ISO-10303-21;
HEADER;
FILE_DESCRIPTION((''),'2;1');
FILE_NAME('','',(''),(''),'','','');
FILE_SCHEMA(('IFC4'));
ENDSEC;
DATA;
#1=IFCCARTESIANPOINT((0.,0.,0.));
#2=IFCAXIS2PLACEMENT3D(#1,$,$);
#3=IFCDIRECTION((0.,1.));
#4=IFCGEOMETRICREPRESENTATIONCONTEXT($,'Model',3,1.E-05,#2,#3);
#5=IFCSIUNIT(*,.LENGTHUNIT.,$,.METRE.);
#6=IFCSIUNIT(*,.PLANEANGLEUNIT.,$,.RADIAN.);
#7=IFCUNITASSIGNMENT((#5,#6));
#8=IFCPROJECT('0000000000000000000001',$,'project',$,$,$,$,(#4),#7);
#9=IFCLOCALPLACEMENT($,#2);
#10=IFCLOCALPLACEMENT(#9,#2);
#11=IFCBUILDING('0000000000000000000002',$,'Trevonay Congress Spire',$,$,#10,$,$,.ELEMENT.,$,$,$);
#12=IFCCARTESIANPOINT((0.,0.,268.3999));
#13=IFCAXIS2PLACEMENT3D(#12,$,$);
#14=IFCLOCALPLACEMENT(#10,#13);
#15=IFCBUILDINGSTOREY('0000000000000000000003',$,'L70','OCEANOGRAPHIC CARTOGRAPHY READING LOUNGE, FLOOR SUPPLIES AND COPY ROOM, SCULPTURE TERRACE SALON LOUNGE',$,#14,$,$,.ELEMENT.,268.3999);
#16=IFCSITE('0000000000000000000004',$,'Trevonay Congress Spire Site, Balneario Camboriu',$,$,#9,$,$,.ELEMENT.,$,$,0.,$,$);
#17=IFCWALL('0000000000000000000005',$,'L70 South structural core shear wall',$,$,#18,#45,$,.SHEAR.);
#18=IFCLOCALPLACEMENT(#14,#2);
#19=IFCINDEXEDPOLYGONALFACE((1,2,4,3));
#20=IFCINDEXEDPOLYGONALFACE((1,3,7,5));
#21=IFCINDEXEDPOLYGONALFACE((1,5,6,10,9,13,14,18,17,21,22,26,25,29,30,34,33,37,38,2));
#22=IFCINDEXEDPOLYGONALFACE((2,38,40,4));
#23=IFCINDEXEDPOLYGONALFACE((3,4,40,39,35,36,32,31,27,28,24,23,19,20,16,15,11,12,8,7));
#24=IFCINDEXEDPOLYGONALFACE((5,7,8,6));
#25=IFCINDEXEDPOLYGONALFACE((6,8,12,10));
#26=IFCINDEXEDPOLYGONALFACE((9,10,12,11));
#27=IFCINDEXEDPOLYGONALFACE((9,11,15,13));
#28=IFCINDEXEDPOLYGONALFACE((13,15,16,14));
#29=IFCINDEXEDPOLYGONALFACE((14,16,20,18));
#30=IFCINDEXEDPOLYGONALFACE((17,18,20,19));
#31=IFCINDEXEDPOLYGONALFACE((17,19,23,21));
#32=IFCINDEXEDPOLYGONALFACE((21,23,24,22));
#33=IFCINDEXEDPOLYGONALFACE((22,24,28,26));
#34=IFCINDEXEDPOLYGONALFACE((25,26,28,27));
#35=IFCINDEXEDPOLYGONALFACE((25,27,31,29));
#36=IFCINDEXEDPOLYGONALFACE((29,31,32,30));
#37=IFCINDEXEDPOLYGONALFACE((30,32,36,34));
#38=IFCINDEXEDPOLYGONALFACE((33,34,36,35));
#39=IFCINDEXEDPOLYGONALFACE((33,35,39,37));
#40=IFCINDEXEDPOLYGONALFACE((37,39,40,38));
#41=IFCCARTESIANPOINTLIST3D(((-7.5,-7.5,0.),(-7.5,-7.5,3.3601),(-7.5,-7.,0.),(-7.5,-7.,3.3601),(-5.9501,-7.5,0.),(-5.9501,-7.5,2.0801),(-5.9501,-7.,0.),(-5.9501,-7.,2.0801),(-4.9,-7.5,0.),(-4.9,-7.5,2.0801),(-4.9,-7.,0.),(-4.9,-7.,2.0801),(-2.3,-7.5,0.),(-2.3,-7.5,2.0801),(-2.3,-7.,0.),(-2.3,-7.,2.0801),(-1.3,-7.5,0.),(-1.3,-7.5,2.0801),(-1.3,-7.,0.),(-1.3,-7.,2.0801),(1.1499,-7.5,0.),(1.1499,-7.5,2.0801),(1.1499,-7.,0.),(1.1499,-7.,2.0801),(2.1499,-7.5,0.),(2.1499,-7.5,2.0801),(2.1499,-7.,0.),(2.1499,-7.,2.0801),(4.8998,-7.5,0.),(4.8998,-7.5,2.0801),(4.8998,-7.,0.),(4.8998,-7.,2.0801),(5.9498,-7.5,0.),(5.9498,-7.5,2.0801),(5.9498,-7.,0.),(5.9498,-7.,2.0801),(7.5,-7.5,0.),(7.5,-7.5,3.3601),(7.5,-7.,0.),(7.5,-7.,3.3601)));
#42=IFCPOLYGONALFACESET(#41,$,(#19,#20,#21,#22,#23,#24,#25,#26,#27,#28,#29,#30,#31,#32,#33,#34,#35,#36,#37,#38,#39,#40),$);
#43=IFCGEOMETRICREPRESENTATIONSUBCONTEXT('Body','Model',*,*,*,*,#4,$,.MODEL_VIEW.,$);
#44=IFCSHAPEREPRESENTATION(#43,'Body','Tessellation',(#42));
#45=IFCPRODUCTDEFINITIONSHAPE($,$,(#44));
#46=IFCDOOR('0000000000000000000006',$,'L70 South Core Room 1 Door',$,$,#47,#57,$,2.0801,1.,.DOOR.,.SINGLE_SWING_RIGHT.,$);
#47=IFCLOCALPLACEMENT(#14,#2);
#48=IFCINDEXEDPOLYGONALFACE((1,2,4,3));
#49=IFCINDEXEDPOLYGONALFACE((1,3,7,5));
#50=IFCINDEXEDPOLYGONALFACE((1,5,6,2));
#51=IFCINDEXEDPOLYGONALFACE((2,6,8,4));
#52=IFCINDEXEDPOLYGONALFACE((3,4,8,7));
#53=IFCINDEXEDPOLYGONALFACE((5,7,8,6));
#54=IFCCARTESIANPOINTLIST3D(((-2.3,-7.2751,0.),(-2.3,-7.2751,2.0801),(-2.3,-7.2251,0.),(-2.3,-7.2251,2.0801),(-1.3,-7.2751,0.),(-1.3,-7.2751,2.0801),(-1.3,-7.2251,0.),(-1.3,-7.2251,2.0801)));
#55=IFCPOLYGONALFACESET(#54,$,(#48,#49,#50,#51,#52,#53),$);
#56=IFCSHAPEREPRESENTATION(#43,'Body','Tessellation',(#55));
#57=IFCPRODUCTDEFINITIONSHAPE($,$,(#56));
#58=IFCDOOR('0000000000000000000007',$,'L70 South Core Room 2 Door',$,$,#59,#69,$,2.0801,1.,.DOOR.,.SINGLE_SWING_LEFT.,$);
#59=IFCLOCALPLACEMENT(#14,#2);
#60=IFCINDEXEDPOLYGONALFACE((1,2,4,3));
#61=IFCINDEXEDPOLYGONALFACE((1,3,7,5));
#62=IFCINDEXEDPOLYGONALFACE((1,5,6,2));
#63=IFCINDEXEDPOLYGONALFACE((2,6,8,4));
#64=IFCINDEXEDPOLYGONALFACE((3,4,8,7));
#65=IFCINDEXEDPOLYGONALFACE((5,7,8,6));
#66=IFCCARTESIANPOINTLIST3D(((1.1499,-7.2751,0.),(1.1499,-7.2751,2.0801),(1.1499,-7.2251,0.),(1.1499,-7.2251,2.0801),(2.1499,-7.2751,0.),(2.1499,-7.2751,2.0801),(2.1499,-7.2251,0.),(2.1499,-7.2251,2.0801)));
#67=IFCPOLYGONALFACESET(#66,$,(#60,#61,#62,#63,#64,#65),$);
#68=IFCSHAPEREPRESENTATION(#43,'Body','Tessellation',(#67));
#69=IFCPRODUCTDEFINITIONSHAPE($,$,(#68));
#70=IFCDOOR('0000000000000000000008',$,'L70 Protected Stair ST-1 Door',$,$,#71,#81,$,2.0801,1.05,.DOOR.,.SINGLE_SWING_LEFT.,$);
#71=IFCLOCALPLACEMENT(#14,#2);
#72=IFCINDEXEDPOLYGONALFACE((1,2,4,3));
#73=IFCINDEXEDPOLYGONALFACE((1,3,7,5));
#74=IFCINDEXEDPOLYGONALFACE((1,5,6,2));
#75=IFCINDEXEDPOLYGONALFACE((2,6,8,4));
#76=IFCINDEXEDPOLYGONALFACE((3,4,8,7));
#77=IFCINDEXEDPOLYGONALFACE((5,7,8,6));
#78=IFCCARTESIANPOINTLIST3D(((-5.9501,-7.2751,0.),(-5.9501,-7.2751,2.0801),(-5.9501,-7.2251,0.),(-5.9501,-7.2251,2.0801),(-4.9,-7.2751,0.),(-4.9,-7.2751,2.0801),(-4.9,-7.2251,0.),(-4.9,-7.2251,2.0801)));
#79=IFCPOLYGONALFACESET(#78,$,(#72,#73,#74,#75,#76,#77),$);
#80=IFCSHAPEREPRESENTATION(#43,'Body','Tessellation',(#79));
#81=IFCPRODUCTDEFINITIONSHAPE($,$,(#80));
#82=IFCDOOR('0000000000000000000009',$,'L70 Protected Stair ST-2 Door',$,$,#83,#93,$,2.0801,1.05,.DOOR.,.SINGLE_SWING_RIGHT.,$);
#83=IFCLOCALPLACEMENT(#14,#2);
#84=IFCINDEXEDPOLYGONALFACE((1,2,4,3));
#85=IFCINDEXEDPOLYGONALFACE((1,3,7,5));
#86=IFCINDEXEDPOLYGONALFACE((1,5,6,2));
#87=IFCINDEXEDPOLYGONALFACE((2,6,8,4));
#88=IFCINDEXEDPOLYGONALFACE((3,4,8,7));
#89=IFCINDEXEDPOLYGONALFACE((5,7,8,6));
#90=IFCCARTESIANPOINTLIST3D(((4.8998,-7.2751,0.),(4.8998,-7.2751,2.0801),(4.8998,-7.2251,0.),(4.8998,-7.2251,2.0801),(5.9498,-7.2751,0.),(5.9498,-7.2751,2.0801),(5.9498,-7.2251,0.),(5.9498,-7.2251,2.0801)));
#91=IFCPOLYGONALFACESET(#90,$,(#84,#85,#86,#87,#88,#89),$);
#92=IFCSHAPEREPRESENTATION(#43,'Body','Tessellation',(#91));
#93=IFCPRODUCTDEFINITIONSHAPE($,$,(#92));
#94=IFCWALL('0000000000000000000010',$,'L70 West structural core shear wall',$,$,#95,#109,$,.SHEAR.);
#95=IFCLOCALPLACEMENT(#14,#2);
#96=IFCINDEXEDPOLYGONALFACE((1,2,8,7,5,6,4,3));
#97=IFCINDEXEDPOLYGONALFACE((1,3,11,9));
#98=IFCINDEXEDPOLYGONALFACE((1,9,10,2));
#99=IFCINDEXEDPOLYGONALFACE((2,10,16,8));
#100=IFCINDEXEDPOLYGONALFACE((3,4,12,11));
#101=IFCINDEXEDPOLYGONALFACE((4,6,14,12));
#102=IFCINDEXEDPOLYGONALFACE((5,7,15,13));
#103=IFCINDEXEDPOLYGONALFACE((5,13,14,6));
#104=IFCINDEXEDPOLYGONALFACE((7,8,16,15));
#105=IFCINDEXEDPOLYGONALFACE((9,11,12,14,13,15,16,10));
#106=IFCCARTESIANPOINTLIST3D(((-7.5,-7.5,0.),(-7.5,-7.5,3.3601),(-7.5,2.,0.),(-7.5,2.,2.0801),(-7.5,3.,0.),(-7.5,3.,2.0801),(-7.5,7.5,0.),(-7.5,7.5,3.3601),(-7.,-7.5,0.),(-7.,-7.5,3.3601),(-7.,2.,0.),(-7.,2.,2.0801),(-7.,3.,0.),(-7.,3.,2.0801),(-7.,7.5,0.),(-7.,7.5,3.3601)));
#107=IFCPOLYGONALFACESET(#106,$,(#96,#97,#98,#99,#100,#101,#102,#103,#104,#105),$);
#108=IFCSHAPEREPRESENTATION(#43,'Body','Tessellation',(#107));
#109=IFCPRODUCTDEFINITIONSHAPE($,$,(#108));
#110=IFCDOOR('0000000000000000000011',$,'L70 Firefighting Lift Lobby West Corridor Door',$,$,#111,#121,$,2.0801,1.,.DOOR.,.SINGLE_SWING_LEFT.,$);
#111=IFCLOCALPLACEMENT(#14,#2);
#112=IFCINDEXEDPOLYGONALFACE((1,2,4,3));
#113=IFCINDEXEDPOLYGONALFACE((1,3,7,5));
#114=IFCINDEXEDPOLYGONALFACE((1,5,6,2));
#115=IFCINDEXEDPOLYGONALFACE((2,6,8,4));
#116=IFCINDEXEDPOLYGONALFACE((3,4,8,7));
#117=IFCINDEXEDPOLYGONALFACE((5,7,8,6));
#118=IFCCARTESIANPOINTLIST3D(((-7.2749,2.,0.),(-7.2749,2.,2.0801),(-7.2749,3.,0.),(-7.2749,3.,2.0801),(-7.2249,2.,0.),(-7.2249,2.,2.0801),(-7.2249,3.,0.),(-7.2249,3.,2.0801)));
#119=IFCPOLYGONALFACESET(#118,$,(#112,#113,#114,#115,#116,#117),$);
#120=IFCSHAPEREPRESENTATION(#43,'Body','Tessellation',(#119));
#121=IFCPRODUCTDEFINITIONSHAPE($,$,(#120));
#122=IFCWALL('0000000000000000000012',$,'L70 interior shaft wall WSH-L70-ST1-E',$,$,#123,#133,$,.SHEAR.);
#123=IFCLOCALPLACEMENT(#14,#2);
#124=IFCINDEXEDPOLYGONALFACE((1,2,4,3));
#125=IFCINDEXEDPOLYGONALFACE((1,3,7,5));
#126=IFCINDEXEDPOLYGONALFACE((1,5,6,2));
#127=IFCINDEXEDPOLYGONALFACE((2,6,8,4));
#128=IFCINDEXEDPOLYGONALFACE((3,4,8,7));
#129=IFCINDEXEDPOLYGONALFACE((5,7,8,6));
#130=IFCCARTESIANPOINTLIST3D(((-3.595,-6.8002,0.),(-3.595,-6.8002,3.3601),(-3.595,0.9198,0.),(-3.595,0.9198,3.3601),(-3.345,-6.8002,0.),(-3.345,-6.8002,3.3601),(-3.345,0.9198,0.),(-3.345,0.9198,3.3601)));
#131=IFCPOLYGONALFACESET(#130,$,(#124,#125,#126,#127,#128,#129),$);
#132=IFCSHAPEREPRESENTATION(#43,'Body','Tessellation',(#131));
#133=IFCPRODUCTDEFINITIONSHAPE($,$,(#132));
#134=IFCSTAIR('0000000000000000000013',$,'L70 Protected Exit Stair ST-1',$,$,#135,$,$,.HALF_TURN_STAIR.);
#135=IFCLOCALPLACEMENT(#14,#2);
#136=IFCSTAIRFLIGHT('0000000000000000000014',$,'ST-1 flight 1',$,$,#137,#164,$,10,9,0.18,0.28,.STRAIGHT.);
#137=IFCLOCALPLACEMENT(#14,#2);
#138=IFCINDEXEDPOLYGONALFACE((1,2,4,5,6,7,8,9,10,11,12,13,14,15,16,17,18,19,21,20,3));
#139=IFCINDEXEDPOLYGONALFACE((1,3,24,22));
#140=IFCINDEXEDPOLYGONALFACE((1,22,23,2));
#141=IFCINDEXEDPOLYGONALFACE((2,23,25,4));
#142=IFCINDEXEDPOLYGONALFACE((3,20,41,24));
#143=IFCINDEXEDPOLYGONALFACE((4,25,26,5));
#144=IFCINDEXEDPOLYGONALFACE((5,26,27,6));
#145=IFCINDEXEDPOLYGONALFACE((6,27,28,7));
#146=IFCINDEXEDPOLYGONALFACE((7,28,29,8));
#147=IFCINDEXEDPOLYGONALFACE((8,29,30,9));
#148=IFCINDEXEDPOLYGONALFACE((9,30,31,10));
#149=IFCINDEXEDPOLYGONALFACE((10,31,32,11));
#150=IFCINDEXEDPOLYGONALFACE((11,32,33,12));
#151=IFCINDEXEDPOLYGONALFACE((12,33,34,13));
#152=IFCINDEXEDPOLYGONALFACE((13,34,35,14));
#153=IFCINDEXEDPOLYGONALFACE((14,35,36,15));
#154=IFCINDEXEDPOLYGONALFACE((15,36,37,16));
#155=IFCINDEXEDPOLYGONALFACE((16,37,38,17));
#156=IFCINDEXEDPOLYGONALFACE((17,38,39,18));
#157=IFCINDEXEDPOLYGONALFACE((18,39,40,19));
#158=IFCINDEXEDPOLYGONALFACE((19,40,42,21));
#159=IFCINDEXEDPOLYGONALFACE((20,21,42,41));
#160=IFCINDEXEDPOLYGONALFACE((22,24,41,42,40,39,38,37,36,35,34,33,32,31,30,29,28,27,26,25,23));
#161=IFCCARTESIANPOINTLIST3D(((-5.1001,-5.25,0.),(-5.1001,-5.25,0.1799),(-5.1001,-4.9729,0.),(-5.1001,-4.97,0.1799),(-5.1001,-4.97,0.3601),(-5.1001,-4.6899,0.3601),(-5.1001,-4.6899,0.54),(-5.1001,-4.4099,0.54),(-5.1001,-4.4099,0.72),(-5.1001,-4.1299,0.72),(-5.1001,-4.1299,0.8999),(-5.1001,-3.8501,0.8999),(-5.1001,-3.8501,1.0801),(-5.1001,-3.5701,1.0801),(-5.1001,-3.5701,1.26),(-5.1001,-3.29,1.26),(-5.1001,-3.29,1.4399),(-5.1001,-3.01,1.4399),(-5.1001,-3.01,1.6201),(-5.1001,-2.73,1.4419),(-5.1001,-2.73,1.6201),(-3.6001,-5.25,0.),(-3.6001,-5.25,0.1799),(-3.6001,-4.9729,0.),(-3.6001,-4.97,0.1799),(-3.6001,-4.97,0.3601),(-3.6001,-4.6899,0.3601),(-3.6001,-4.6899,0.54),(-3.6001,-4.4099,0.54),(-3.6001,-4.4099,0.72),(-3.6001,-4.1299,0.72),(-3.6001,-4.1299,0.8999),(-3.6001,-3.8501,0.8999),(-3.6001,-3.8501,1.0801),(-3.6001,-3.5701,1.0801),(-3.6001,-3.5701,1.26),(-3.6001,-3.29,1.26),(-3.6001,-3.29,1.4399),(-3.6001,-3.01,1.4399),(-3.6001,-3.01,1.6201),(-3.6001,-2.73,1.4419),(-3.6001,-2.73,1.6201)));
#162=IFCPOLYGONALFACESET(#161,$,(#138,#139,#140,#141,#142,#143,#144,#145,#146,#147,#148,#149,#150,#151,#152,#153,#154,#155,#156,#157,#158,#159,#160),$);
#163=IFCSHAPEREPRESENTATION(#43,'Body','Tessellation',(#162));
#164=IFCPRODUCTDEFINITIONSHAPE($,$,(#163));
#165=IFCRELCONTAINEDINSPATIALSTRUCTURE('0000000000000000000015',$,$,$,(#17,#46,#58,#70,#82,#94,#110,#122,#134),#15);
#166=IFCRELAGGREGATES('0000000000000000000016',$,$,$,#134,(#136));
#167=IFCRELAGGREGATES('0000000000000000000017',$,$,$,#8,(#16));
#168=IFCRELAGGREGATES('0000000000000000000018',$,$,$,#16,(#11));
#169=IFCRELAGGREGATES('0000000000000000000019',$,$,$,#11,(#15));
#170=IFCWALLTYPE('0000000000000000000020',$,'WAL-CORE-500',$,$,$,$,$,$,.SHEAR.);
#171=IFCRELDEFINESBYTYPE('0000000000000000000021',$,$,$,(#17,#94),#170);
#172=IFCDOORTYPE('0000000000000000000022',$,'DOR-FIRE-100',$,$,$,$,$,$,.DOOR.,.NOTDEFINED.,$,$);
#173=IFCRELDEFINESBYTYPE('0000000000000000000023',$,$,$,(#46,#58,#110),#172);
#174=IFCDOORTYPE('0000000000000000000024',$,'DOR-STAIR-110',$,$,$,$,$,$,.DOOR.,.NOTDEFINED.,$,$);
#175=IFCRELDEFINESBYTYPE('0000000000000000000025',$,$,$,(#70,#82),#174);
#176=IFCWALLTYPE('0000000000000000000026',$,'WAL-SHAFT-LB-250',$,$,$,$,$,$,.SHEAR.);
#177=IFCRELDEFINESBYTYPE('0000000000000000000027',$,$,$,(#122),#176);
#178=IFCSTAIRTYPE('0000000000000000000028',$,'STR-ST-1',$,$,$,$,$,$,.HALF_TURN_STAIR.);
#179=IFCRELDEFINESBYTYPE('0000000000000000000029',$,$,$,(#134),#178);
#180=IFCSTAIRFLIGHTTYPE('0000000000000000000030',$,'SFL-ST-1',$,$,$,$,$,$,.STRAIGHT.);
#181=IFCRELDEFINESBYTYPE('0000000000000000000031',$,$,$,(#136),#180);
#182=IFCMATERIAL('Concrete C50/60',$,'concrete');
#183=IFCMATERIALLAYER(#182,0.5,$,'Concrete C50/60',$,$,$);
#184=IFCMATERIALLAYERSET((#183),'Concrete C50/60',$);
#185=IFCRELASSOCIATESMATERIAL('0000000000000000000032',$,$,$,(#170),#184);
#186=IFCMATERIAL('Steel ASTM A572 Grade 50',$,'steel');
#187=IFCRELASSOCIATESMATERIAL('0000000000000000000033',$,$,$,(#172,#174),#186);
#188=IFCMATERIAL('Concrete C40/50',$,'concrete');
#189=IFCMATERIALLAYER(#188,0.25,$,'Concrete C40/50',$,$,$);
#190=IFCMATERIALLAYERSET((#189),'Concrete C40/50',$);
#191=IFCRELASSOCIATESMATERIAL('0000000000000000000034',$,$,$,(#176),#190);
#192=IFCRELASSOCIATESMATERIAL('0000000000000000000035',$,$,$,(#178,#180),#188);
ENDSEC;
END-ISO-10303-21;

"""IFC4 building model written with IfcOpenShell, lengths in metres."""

from ifc_helpers import new_model, si_unit, direction, frame, frame_2d, origin, place, context, subcontext, project, spatial, polyline, rectangle, outline, extrude, material, layer, layer_set, type_object, element, fill, aggregate, save


model = new_model("IFC4")

# Units and contexts
model_context = context("Model", 3, precision=1e-05, world=origin(), true_north=direction((0.0, 1.0)))
body_context = subcontext(model_context, "Body", "Model", "MODEL_VIEW")
ifc_project = project(units=[si_unit("LENGTHUNIT", "METRE"), si_unit("PLANEANGLEUNIT", "RADIAN")], contexts=[model_context])

# Site, building, storey
site_placement = place(None, origin())
site = spatial("IfcSite", under=ifc_project, at=site_placement, Name="Trevonay Congress Spire Site, Balneario Camboriu", CompositionType="ELEMENT", RefElevation=0.0)
building_placement = place(site_placement, origin())
building = spatial("IfcBuilding", under=site, at=building_placement, Name="Trevonay Congress Spire", CompositionType="ELEMENT")
storey_placement = place(building_placement, frame((0.0, 0.0, 268.3999)))
storey = spatial("IfcBuildingStorey", under=building, at=storey_placement, Name="L70", Description="OCEANOGRAPHIC CARTOGRAPHY READING LOUNGE, FLOOR SUPPLIES AND COPY ROOM, SCULPTURE TERRACE SALON LOUNGE", CompositionType="ELEMENT", Elevation=268.3999)

# Shared definitions
ifc_material_1 = material(Name="Steel ASTM A572 Grade 50", Category="steel")

# Wall, openings, doors
ifc_material_2 = material(Name="Concrete C50/60", Category="concrete")
ifc_layer_1 = layer(ifc_material_2, 0.5, Name="Concrete C50/60")
ifc_layer_set_1 = layer_set([ifc_layer_1], Name="Concrete C50/60")
wall_type_1 = type_object("IfcWallType", Name="WAL-CORE-500", PredefinedType="SHEAR", material=ifc_layer_set_1)
wall_1_placement = place(storey_placement, frame((-7.5, -7.25, 0.0), z_axis=(0.0, 0.0, 1.0), x_axis=(1.0, 0.0, 0.0)))
wall_1 = element("IfcWall", 1, at=wall_1_placement, inside=storey, type_object=wall_type_1, Name="L70 South structural core shear wall", PredefinedType="SHEAR", context=body_context, shape_type="SweptSolid", body=[
    extrude(rectangle(XDim=15.0, YDim=0.5, at=frame_2d((7.5, 0.0))), origin(), (0.0, 0.0, 1.0), 3.3601),
])
opening_1_placement = place(wall_1_placement, frame((1.55, 0.0, 0.0)))
opening_1 = element("IfcOpeningElement", 2, at=opening_1_placement, cuts=wall_1, PredefinedType="OPENING", context=body_context, shape_type="SweptSolid", body=[
    extrude(rectangle(XDim=1.05, YDim=2.0801, at=frame_2d((0.5249, 1.04))), frame((0.0, 0.26, 0.0), z_axis=(0.0, -1.0, 0.0), x_axis=(1.0, 0.0, 0.0)), (0.0, 0.0, 1.0), 0.52),
])
opening_2_placement = place(wall_1_placement, frame((12.3999, 0.0, 0.0)))
opening_2 = element("IfcOpeningElement", 3, at=opening_2_placement, cuts=wall_1, PredefinedType="OPENING", context=body_context, shape_type="SweptSolid", body=[
    extrude(rectangle(XDim=1.05, YDim=2.0801, at=frame_2d((0.5249, 1.04))), frame((0.0, 0.26, 0.0), z_axis=(0.0, -1.0, 0.0), x_axis=(1.0, 0.0, 0.0)), (0.0, 0.0, 1.0), 0.52),
])
opening_3_placement = place(wall_1_placement, frame((5.2, 0.0, 0.0)))
opening_3 = element("IfcOpeningElement", 4, at=opening_3_placement, cuts=wall_1, PredefinedType="OPENING", context=body_context, shape_type="SweptSolid", body=[
    extrude(rectangle(XDim=1.0, YDim=2.0801, at=frame_2d((0.5, 1.04))), frame((0.0, 0.26, 0.0), z_axis=(0.0, -1.0, 0.0), x_axis=(1.0, 0.0, 0.0)), (0.0, 0.0, 1.0), 0.52),
])
opening_4_placement = place(wall_1_placement, frame((8.6499, 0.0, 0.0)))
opening_4 = element("IfcOpeningElement", 5, at=opening_4_placement, cuts=wall_1, PredefinedType="OPENING", context=body_context, shape_type="SweptSolid", body=[
    extrude(rectangle(XDim=1.0, YDim=2.0801, at=frame_2d((0.5, 1.04))), frame((0.0, 0.26, 0.0), z_axis=(0.0, -1.0, 0.0), x_axis=(1.0, 0.0, 0.0)), (0.0, 0.0, 1.0), 0.52),
])
door_type_1 = type_object("IfcDoorType", Name="DOR-FIRE-100", OperationType="NOTDEFINED", PredefinedType="DOOR", material=ifc_material_1)
door_1_placement = place(opening_3_placement, origin())
door_1 = element("IfcDoor", 6, at=door_1_placement, inside=storey, type_object=door_type_1, Name="L70 South Core Room 1 Door", OperationType="SINGLE_SWING_RIGHT", OverallHeight=2.0801, OverallWidth=1.0, PredefinedType="DOOR", context=body_context, shape_type="SweptSolid", body=[
    extrude(rectangle(XDim=1.0, YDim=2.0801, at=frame_2d((0.5, 1.04))), frame((0.0, 0.0249, 0.0), z_axis=(0.0, -1.0, 0.0), x_axis=(1.0, 0.0, 0.0)), (0.0, 0.0, 1.0), 0.05),
])
fill(opening_3, door_1)
door_2_placement = place(opening_4_placement, origin())
door_2 = element("IfcDoor", 7, at=door_2_placement, inside=storey, type_object=door_type_1, Name="L70 South Core Room 2 Door", OperationType="SINGLE_SWING_LEFT", OverallHeight=2.0801, OverallWidth=1.0, PredefinedType="DOOR", context=body_context, shape_type="SweptSolid", body=[
    extrude(rectangle(XDim=1.0, YDim=2.0801, at=frame_2d((0.5, 1.04))), frame((0.0, 0.0249, 0.0), z_axis=(0.0, -1.0, 0.0), x_axis=(1.0, 0.0, 0.0)), (0.0, 0.0, 1.0), 0.05),
])
fill(opening_4, door_2)
door_type_2 = type_object("IfcDoorType", Name="DOR-STAIR-110", OperationType="NOTDEFINED", PredefinedType="DOOR", material=ifc_material_1)
door_3_placement = place(opening_1_placement, origin())
door_3 = element("IfcDoor", 8, at=door_3_placement, inside=storey, type_object=door_type_2, Name="L70 Protected Stair ST-1 Door", OperationType="SINGLE_SWING_LEFT", OverallHeight=2.0801, OverallWidth=1.05, PredefinedType="DOOR", context=body_context, shape_type="SweptSolid", body=[
    extrude(rectangle(XDim=1.05, YDim=2.0801, at=frame_2d((0.5249, 1.04))), frame((0.0, 0.0249, 0.0), z_axis=(0.0, -1.0, 0.0), x_axis=(1.0, 0.0, 0.0)), (0.0, 0.0, 1.0), 0.05),
])
fill(opening_1, door_3)
door_4_placement = place(opening_2_placement, origin())
door_4 = element("IfcDoor", 9, at=door_4_placement, inside=storey, type_object=door_type_2, Name="L70 Protected Stair ST-2 Door", OperationType="SINGLE_SWING_RIGHT", OverallHeight=2.0801, OverallWidth=1.05, PredefinedType="DOOR", context=body_context, shape_type="SweptSolid", body=[
    extrude(rectangle(XDim=1.05, YDim=2.0801, at=frame_2d((0.5249, 1.04))), frame((0.0, 0.0249, 0.0), z_axis=(0.0, -1.0, 0.0), x_axis=(1.0, 0.0, 0.0)), (0.0, 0.0, 1.0), 0.05),
])
fill(opening_2, door_4)

# Wall, opening, door
wall_2_placement = place(storey_placement, frame((-7.25, -7.5, 0.0), z_axis=(0.0, 0.0, 1.0), x_axis=(0.0, 1.0, 0.0)))
wall_2 = element("IfcWall", 10, at=wall_2_placement, inside=storey, type_object=wall_type_1, Name="L70 West structural core shear wall", PredefinedType="SHEAR", context=body_context, shape_type="SweptSolid", body=[
    extrude(rectangle(XDim=15.0, YDim=0.5, at=frame_2d((7.5, 0.0))), origin(), (0.0, 0.0, 1.0), 3.3601),
])
opening_5_placement = place(wall_2_placement, frame((9.5, 0.0, 0.0)))
opening_5 = element("IfcOpeningElement", 11, at=opening_5_placement, cuts=wall_2, PredefinedType="OPENING", context=body_context, shape_type="SweptSolid", body=[
    extrude(rectangle(XDim=1.0, YDim=2.0801, at=frame_2d((0.5, 1.04))), frame((0.0, 0.26, 0.0), z_axis=(0.0, -1.0, 0.0), x_axis=(1.0, 0.0, 0.0)), (0.0, 0.0, 1.0), 0.52),
])
door_5_placement = place(opening_5_placement, origin())
door_5 = element("IfcDoor", 12, at=door_5_placement, inside=storey, type_object=door_type_1, Name="L70 Firefighting Lift Lobby West Corridor Door", OperationType="SINGLE_SWING_LEFT", OverallHeight=2.0801, OverallWidth=1.0, PredefinedType="DOOR", context=body_context, shape_type="SweptSolid", body=[
    extrude(rectangle(XDim=1.0, YDim=2.0801, at=frame_2d((0.5, 1.04))), frame((0.0, 0.0249, 0.0), z_axis=(0.0, -1.0, 0.0), x_axis=(1.0, 0.0, 0.0)), (0.0, 0.0, 1.0), 0.05),
])
fill(opening_5, door_5)

# Wall
ifc_material_3 = material(Name="Concrete C40/50", Category="concrete")
ifc_layer_2 = layer(ifc_material_3, 0.25, Name="Concrete C40/50")
ifc_layer_set_2 = layer_set([ifc_layer_2], Name="Concrete C40/50")
wall_type_2 = type_object("IfcWallType", Name="WAL-SHAFT-LB-250", PredefinedType="SHEAR", material=ifc_layer_set_2)
wall_3_placement = place(storey_placement, frame((-3.47, -6.8, 0.0), z_axis=(0.0, 0.0, 1.0), x_axis=(0.0, 1.0, 0.0)))
element("IfcWall", 13, at=wall_3_placement, inside=storey, type_object=wall_type_2, Name="L70 interior shaft wall WSH-L70-ST1-E", PredefinedType="SHEAR", context=body_context, shape_type="SweptSolid", body=[
    extrude(rectangle(XDim=7.72, YDim=0.25, at=frame_2d((3.8599, 0.0))), origin(), (0.0, 0.0, 1.0), 3.3601),
])

# Stair, stair flight
stair_type = type_object("IfcStairType", Name="STR-ST-1", PredefinedType="HALF_TURN_STAIR", material=ifc_material_3)
stair_placement = place(storey_placement, origin())
stair = element("IfcStair", 14, at=stair_placement, inside=storey, type_object=stair_type, Name="L70 Protected Exit Stair ST-1", PredefinedType="HALF_TURN_STAIR")
stair_flight_type = type_object("IfcStairFlightType", Name="SFL-ST-1", PredefinedType="STRAIGHT", material=ifc_material_3)
stair_flight_1_placement = place(storey_placement, frame((-4.3501, -5.25, 0.0), z_axis=(0.0, 0.0, 1.0), x_axis=(0.0, 1.0, 0.0)))
stair_flight_1 = element("IfcStairFlight", 15, at=stair_flight_1_placement, type_object=stair_flight_type, Name="ST-1 flight 1", NumberOfRisers=10, NumberOfTreads=9, PredefinedType="STRAIGHT", RiserHeight=0.18, TreadLength=0.28, context=body_context, shape_type="SweptSolid", body=[
    extrude(outline(polyline([(0.0, 0.0), (0.0, 0.1799), (0.28, 0.1799), (0.28, 0.3601), (0.5601, 0.3601), (0.5601, 0.54), (0.8401, 0.54), (0.8401, 0.72), (1.1201, 0.72), (1.1201, 0.8999), (1.3999, 0.8999), (1.3999, 1.0801), (1.6799, 1.0801), (1.6799, 1.26), (1.96, 1.26), (1.96, 1.4399), (2.24, 1.4399), (2.24, 1.6201), (2.52, 1.6201), (2.52, 1.8), (2.52, 1.4419), (0.2771, 0.0), (0.0, 0.0)])), frame((0.0, 0.75, 0.0), z_axis=(0.0, -1.0, 0.0), x_axis=(1.0, 0.0, 0.0)), (0.0, 0.0, 1.0), 1.5),
])
aggregate(stair, [stair_flight_1])

save(model, "model.ifc")
